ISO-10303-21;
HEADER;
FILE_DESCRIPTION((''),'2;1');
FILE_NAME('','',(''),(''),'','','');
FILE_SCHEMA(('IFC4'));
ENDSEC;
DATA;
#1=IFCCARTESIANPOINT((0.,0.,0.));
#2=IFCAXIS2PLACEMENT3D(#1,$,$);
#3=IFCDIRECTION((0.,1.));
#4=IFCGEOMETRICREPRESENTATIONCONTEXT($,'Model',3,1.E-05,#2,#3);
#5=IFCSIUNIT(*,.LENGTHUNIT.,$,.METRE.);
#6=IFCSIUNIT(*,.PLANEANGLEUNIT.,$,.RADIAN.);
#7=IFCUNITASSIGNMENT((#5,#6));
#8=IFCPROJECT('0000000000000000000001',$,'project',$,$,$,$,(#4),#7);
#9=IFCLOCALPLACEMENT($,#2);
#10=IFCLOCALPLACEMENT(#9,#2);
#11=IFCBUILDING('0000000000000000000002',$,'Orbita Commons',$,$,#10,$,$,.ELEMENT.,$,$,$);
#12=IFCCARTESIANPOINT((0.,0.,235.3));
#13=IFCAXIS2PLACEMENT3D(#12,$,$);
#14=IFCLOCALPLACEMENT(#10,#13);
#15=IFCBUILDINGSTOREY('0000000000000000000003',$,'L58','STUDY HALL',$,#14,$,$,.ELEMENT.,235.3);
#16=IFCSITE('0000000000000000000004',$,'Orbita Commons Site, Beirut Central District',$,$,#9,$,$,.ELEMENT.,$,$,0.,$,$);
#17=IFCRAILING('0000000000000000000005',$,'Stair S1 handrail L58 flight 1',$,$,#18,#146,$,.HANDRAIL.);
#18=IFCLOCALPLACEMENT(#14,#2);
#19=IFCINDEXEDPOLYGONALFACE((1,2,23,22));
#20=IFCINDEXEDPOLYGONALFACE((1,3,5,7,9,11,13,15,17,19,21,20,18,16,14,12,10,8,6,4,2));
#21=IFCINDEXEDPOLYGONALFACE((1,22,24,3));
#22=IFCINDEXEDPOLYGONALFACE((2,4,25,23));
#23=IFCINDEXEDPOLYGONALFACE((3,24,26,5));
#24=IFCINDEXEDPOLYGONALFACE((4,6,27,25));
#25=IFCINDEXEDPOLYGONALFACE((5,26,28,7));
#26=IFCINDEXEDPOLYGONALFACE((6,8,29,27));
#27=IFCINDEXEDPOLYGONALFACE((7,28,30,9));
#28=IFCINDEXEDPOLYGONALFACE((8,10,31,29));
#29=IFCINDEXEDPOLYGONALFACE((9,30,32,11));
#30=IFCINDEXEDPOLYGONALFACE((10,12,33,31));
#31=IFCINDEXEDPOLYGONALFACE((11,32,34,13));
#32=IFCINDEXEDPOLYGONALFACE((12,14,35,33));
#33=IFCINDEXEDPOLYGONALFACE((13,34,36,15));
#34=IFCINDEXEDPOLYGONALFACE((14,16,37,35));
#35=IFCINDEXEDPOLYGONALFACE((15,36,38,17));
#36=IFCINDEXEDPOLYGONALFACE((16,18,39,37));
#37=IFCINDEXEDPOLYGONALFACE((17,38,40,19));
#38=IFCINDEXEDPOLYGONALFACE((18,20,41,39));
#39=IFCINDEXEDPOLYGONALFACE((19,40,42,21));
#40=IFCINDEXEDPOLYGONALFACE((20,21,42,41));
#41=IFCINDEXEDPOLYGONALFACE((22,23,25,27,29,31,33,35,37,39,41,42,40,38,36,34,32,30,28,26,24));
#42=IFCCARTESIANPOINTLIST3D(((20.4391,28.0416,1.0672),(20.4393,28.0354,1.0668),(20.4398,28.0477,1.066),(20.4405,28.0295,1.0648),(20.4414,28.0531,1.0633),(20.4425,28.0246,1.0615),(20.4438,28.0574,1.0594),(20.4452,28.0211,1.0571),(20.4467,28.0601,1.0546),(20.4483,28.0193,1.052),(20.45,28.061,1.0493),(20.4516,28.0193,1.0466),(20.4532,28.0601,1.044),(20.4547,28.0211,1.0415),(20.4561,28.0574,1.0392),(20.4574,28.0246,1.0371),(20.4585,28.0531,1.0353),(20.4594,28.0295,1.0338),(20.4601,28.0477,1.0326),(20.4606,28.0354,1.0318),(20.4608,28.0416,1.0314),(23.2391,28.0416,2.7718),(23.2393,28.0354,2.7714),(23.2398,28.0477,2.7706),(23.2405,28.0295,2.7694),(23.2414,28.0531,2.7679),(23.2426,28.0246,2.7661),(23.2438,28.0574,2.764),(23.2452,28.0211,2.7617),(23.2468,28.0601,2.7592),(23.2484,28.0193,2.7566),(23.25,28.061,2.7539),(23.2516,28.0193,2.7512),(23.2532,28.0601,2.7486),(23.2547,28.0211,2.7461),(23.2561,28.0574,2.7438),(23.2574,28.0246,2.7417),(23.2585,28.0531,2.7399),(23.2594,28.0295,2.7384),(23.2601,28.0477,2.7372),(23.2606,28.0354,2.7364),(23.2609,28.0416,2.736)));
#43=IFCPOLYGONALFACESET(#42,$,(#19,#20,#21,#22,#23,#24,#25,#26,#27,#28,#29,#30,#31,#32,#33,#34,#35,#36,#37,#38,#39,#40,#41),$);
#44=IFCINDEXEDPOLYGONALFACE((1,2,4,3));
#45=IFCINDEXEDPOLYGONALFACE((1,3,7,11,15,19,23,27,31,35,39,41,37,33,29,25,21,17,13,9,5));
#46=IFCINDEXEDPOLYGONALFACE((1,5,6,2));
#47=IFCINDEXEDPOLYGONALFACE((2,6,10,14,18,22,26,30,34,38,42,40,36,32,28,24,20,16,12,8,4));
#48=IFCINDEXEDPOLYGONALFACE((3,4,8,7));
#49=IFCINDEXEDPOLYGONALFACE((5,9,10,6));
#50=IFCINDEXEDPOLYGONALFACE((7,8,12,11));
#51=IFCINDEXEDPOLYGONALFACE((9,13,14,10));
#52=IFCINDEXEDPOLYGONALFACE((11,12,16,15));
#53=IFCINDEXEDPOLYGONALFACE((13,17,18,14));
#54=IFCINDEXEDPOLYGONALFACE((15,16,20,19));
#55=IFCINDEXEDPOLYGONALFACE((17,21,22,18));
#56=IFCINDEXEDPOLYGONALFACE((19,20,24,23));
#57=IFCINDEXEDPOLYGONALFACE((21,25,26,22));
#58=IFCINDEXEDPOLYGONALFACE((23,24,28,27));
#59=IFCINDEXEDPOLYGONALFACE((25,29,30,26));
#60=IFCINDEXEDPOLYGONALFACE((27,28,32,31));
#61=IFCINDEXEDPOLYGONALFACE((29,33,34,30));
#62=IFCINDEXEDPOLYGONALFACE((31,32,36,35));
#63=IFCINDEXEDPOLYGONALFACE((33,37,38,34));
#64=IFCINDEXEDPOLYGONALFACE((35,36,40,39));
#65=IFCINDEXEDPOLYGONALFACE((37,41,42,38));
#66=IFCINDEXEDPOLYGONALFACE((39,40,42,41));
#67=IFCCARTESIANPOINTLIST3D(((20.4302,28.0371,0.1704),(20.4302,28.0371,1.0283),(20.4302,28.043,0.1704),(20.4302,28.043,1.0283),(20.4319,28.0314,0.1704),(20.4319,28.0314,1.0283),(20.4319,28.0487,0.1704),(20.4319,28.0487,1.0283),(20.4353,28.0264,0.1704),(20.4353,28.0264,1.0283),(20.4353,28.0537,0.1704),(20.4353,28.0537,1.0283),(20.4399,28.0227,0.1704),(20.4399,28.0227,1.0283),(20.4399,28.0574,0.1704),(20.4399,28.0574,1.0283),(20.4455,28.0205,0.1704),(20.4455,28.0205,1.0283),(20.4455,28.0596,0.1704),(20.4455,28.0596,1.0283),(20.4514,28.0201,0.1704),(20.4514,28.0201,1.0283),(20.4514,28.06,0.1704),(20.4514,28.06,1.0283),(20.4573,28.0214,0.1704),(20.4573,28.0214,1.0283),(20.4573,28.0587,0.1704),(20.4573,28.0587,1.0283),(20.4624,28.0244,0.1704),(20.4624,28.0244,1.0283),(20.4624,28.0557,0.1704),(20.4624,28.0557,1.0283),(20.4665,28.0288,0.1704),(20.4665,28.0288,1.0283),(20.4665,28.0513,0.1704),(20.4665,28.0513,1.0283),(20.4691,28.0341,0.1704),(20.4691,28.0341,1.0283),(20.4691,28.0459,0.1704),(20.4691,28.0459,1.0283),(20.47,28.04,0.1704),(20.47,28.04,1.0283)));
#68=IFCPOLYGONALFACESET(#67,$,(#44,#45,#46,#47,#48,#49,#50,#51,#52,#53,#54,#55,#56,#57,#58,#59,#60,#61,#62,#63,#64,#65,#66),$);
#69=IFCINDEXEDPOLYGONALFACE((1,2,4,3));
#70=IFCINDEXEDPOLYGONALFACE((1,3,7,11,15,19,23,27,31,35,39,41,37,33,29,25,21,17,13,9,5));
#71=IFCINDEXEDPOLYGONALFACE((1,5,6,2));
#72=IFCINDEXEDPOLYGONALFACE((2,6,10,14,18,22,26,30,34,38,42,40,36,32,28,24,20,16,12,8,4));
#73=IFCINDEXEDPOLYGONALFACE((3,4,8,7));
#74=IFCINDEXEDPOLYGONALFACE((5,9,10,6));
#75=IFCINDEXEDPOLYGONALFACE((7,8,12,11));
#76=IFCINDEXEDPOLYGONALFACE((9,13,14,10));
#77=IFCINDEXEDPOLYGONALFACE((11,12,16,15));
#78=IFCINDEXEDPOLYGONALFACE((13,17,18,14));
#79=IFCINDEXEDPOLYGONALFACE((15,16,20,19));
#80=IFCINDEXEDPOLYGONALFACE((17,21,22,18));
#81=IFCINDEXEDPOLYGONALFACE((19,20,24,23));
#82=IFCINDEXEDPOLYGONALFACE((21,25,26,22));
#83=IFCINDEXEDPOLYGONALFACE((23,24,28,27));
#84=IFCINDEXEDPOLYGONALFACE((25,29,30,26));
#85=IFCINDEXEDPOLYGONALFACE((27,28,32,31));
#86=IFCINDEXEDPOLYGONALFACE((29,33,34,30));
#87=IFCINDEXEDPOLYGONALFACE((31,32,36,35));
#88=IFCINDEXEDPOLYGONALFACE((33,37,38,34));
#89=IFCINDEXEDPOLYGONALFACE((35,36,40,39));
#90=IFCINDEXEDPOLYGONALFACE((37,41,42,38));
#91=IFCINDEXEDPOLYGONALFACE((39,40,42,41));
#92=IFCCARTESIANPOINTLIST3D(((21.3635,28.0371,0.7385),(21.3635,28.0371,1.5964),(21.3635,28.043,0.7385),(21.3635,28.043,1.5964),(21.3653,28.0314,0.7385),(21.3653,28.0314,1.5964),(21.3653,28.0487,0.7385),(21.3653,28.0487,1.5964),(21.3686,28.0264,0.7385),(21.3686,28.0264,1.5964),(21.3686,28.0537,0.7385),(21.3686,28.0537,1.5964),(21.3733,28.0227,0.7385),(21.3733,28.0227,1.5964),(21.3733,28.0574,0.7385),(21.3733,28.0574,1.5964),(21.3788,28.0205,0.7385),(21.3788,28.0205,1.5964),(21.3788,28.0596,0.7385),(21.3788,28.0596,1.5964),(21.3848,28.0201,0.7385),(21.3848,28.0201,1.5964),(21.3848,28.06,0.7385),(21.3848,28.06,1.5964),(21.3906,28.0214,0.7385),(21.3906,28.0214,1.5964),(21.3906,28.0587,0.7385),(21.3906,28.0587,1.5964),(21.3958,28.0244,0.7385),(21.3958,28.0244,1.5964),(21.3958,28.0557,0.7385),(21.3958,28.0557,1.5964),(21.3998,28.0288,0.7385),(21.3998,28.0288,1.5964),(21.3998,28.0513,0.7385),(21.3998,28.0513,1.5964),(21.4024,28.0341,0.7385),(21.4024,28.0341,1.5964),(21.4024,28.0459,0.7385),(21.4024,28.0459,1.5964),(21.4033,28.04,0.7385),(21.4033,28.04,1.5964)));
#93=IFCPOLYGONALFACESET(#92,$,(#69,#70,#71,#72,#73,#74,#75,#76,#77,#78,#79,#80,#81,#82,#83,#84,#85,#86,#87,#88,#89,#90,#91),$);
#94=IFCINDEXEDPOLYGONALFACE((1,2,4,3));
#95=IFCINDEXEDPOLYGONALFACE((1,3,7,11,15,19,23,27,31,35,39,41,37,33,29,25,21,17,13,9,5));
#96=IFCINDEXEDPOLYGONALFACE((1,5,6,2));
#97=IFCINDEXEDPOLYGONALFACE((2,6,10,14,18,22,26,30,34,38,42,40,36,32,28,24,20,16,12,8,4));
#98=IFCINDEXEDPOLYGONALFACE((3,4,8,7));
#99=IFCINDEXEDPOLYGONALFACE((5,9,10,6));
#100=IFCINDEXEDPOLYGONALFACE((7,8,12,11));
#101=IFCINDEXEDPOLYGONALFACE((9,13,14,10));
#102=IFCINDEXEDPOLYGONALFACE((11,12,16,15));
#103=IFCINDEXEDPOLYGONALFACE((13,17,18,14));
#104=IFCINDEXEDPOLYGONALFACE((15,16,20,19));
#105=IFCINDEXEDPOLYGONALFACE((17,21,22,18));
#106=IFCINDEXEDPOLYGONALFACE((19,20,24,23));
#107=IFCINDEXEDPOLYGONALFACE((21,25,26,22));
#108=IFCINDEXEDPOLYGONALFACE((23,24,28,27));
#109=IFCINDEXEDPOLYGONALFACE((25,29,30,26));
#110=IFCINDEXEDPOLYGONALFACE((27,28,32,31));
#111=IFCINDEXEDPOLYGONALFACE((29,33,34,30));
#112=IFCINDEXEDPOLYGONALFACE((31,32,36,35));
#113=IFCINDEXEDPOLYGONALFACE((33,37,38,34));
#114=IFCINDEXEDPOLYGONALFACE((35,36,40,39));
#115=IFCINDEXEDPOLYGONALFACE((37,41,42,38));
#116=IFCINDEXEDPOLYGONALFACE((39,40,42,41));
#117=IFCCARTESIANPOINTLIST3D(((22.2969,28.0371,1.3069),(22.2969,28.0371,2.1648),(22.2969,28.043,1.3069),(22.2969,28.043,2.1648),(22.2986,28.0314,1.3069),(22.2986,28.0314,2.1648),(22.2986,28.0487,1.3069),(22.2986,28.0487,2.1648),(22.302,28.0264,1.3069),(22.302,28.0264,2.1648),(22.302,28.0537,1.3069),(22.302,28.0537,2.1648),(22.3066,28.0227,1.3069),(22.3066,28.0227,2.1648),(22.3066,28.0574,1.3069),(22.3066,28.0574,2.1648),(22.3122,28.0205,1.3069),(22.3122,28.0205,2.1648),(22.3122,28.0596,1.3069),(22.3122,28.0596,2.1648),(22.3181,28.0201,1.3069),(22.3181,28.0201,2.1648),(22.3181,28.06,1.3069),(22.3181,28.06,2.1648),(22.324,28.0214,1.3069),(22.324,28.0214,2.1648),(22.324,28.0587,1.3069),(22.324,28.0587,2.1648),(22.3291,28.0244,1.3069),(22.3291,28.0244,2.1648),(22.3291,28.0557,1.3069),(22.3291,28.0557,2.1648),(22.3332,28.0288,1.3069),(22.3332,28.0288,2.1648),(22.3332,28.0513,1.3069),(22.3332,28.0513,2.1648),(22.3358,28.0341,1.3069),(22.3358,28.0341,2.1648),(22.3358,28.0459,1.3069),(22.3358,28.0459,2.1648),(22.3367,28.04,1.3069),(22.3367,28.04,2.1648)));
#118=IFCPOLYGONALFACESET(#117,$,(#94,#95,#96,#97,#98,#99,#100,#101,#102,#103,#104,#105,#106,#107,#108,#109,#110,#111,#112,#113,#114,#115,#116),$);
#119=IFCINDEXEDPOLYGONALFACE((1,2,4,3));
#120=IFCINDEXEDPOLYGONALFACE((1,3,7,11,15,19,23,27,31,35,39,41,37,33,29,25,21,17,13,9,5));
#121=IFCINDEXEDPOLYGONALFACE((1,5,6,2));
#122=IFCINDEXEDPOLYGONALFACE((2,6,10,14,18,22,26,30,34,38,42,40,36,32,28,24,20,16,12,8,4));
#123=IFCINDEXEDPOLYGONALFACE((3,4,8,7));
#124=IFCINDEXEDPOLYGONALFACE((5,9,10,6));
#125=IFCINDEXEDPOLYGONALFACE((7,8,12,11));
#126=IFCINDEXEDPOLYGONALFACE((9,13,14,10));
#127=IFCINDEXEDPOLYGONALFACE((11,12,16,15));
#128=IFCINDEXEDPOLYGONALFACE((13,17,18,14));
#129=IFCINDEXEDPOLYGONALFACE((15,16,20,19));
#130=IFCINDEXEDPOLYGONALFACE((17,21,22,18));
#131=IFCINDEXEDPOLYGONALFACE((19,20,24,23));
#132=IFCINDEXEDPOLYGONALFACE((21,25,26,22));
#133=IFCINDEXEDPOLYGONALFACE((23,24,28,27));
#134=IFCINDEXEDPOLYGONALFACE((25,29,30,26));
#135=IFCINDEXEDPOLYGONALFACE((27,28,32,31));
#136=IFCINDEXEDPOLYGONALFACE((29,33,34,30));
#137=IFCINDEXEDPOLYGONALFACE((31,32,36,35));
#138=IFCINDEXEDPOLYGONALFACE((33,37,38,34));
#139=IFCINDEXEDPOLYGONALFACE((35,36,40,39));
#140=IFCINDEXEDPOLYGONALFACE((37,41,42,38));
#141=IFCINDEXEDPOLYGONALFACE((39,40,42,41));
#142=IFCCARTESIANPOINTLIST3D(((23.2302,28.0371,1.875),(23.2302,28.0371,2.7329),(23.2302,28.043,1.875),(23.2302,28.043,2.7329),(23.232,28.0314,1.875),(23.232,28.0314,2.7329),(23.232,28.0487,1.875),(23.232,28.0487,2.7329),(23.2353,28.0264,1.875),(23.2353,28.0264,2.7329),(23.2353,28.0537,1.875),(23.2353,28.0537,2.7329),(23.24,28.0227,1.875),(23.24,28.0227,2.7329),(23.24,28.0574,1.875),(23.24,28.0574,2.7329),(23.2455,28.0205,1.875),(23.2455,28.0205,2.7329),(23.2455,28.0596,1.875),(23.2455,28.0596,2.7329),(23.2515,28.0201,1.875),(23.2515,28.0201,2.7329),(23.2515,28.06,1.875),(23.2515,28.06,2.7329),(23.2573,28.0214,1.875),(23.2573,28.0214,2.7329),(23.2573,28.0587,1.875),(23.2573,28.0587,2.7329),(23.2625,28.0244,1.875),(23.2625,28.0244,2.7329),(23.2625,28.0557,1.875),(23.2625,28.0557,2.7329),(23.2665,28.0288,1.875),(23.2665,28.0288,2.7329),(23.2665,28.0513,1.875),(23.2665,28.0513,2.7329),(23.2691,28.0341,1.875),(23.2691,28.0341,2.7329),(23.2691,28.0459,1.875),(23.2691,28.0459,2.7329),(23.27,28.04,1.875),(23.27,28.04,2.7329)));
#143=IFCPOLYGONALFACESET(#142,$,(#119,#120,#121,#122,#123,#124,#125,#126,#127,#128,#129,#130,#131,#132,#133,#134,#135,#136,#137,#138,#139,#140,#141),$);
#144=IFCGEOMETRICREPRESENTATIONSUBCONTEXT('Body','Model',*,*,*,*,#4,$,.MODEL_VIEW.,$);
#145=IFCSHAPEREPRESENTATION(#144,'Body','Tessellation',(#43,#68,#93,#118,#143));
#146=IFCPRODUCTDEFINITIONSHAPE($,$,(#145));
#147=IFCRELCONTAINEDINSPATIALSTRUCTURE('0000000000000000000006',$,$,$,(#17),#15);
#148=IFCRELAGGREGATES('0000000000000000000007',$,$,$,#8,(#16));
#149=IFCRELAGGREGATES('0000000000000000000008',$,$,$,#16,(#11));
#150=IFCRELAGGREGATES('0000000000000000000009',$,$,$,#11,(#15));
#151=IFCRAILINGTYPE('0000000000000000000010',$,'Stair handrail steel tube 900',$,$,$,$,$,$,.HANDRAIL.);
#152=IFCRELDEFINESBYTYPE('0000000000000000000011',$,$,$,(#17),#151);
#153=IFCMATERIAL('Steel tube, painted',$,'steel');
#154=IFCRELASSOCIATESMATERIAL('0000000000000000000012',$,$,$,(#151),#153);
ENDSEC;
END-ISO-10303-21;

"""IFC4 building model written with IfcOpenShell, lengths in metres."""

from ifc_helpers import new_model, si_unit, direction, frame, origin, origin_2d, place, context, subcontext, project, spatial, circle, extrude, material, type_object, element, save


model = new_model("IFC4")

# Units and contexts
model_context = context("Model", 3, precision=1e-05, world=origin(), true_north=direction((0.0, 1.0)))
body_context = subcontext(model_context, "Body", "Model", "MODEL_VIEW")
ifc_project = project(units=[si_unit("LENGTHUNIT", "METRE"), si_unit("PLANEANGLEUNIT", "RADIAN")], contexts=[model_context])

# Site, building, storey
site_placement = place(None, origin())
site = spatial("IfcSite", under=ifc_project, at=site_placement, Name="Orbita Commons Site, Beirut Central District", CompositionType="ELEMENT", RefElevation=0.0)
building_placement = place(site_placement, origin())
building = spatial("IfcBuilding", under=site, at=building_placement, Name="Orbita Commons", CompositionType="ELEMENT")
storey_placement = place(building_placement, frame((0.0, 0.0, 235.3)))
storey = spatial("IfcBuildingStorey", under=building, at=storey_placement, Name="L58", Description="STUDY HALL", CompositionType="ELEMENT", Elevation=235.3)

# Railing
ifc_material = material(Name="Steel tube, painted", Category="steel")
railing_type = type_object("IfcRailingType", Name="Stair handrail steel tube 900", PredefinedType="HANDRAIL", material=ifc_material)
railing_placement = place(storey_placement, frame((20.45, 28.04, 0.1704)))
element("IfcRailing", 1, at=railing_placement, inside=storey, type_object=railing_type, Name="Stair S1 handrail L58 flight 1", PredefinedType="HANDRAIL", context=body_context, shape_type="SweptSolid", body=[
    extrude(circle(Radius=0.021, at=origin_2d()), frame((0.0, 0.0, 0.8789), z_axis=(0.85417, 0.0, 0.519994), x_axis=(0.0, 1.0, 0.0)), (0.0, 0.0, 1.0), 3.2781),
    extrude(circle(Radius=0.02, at=origin_2d()), origin(), (0.0, 0.0, 1.0), 0.8579),
    extrude(circle(Radius=0.02, at=origin_2d()), frame((0.9333, 0.0, 0.5681)), (0.0, 0.0, 1.0), 0.8579),
    extrude(circle(Radius=0.02, at=origin_2d()), frame((1.8667, 0.0, 1.1365)), (0.0, 0.0, 1.0), 0.8579),
    extrude(circle(Radius=0.02, at=origin_2d()), frame((2.8, 0.0, 1.7046)), (0.0, 0.0, 1.0), 0.8579),
])

save(model, "model.ifc")
